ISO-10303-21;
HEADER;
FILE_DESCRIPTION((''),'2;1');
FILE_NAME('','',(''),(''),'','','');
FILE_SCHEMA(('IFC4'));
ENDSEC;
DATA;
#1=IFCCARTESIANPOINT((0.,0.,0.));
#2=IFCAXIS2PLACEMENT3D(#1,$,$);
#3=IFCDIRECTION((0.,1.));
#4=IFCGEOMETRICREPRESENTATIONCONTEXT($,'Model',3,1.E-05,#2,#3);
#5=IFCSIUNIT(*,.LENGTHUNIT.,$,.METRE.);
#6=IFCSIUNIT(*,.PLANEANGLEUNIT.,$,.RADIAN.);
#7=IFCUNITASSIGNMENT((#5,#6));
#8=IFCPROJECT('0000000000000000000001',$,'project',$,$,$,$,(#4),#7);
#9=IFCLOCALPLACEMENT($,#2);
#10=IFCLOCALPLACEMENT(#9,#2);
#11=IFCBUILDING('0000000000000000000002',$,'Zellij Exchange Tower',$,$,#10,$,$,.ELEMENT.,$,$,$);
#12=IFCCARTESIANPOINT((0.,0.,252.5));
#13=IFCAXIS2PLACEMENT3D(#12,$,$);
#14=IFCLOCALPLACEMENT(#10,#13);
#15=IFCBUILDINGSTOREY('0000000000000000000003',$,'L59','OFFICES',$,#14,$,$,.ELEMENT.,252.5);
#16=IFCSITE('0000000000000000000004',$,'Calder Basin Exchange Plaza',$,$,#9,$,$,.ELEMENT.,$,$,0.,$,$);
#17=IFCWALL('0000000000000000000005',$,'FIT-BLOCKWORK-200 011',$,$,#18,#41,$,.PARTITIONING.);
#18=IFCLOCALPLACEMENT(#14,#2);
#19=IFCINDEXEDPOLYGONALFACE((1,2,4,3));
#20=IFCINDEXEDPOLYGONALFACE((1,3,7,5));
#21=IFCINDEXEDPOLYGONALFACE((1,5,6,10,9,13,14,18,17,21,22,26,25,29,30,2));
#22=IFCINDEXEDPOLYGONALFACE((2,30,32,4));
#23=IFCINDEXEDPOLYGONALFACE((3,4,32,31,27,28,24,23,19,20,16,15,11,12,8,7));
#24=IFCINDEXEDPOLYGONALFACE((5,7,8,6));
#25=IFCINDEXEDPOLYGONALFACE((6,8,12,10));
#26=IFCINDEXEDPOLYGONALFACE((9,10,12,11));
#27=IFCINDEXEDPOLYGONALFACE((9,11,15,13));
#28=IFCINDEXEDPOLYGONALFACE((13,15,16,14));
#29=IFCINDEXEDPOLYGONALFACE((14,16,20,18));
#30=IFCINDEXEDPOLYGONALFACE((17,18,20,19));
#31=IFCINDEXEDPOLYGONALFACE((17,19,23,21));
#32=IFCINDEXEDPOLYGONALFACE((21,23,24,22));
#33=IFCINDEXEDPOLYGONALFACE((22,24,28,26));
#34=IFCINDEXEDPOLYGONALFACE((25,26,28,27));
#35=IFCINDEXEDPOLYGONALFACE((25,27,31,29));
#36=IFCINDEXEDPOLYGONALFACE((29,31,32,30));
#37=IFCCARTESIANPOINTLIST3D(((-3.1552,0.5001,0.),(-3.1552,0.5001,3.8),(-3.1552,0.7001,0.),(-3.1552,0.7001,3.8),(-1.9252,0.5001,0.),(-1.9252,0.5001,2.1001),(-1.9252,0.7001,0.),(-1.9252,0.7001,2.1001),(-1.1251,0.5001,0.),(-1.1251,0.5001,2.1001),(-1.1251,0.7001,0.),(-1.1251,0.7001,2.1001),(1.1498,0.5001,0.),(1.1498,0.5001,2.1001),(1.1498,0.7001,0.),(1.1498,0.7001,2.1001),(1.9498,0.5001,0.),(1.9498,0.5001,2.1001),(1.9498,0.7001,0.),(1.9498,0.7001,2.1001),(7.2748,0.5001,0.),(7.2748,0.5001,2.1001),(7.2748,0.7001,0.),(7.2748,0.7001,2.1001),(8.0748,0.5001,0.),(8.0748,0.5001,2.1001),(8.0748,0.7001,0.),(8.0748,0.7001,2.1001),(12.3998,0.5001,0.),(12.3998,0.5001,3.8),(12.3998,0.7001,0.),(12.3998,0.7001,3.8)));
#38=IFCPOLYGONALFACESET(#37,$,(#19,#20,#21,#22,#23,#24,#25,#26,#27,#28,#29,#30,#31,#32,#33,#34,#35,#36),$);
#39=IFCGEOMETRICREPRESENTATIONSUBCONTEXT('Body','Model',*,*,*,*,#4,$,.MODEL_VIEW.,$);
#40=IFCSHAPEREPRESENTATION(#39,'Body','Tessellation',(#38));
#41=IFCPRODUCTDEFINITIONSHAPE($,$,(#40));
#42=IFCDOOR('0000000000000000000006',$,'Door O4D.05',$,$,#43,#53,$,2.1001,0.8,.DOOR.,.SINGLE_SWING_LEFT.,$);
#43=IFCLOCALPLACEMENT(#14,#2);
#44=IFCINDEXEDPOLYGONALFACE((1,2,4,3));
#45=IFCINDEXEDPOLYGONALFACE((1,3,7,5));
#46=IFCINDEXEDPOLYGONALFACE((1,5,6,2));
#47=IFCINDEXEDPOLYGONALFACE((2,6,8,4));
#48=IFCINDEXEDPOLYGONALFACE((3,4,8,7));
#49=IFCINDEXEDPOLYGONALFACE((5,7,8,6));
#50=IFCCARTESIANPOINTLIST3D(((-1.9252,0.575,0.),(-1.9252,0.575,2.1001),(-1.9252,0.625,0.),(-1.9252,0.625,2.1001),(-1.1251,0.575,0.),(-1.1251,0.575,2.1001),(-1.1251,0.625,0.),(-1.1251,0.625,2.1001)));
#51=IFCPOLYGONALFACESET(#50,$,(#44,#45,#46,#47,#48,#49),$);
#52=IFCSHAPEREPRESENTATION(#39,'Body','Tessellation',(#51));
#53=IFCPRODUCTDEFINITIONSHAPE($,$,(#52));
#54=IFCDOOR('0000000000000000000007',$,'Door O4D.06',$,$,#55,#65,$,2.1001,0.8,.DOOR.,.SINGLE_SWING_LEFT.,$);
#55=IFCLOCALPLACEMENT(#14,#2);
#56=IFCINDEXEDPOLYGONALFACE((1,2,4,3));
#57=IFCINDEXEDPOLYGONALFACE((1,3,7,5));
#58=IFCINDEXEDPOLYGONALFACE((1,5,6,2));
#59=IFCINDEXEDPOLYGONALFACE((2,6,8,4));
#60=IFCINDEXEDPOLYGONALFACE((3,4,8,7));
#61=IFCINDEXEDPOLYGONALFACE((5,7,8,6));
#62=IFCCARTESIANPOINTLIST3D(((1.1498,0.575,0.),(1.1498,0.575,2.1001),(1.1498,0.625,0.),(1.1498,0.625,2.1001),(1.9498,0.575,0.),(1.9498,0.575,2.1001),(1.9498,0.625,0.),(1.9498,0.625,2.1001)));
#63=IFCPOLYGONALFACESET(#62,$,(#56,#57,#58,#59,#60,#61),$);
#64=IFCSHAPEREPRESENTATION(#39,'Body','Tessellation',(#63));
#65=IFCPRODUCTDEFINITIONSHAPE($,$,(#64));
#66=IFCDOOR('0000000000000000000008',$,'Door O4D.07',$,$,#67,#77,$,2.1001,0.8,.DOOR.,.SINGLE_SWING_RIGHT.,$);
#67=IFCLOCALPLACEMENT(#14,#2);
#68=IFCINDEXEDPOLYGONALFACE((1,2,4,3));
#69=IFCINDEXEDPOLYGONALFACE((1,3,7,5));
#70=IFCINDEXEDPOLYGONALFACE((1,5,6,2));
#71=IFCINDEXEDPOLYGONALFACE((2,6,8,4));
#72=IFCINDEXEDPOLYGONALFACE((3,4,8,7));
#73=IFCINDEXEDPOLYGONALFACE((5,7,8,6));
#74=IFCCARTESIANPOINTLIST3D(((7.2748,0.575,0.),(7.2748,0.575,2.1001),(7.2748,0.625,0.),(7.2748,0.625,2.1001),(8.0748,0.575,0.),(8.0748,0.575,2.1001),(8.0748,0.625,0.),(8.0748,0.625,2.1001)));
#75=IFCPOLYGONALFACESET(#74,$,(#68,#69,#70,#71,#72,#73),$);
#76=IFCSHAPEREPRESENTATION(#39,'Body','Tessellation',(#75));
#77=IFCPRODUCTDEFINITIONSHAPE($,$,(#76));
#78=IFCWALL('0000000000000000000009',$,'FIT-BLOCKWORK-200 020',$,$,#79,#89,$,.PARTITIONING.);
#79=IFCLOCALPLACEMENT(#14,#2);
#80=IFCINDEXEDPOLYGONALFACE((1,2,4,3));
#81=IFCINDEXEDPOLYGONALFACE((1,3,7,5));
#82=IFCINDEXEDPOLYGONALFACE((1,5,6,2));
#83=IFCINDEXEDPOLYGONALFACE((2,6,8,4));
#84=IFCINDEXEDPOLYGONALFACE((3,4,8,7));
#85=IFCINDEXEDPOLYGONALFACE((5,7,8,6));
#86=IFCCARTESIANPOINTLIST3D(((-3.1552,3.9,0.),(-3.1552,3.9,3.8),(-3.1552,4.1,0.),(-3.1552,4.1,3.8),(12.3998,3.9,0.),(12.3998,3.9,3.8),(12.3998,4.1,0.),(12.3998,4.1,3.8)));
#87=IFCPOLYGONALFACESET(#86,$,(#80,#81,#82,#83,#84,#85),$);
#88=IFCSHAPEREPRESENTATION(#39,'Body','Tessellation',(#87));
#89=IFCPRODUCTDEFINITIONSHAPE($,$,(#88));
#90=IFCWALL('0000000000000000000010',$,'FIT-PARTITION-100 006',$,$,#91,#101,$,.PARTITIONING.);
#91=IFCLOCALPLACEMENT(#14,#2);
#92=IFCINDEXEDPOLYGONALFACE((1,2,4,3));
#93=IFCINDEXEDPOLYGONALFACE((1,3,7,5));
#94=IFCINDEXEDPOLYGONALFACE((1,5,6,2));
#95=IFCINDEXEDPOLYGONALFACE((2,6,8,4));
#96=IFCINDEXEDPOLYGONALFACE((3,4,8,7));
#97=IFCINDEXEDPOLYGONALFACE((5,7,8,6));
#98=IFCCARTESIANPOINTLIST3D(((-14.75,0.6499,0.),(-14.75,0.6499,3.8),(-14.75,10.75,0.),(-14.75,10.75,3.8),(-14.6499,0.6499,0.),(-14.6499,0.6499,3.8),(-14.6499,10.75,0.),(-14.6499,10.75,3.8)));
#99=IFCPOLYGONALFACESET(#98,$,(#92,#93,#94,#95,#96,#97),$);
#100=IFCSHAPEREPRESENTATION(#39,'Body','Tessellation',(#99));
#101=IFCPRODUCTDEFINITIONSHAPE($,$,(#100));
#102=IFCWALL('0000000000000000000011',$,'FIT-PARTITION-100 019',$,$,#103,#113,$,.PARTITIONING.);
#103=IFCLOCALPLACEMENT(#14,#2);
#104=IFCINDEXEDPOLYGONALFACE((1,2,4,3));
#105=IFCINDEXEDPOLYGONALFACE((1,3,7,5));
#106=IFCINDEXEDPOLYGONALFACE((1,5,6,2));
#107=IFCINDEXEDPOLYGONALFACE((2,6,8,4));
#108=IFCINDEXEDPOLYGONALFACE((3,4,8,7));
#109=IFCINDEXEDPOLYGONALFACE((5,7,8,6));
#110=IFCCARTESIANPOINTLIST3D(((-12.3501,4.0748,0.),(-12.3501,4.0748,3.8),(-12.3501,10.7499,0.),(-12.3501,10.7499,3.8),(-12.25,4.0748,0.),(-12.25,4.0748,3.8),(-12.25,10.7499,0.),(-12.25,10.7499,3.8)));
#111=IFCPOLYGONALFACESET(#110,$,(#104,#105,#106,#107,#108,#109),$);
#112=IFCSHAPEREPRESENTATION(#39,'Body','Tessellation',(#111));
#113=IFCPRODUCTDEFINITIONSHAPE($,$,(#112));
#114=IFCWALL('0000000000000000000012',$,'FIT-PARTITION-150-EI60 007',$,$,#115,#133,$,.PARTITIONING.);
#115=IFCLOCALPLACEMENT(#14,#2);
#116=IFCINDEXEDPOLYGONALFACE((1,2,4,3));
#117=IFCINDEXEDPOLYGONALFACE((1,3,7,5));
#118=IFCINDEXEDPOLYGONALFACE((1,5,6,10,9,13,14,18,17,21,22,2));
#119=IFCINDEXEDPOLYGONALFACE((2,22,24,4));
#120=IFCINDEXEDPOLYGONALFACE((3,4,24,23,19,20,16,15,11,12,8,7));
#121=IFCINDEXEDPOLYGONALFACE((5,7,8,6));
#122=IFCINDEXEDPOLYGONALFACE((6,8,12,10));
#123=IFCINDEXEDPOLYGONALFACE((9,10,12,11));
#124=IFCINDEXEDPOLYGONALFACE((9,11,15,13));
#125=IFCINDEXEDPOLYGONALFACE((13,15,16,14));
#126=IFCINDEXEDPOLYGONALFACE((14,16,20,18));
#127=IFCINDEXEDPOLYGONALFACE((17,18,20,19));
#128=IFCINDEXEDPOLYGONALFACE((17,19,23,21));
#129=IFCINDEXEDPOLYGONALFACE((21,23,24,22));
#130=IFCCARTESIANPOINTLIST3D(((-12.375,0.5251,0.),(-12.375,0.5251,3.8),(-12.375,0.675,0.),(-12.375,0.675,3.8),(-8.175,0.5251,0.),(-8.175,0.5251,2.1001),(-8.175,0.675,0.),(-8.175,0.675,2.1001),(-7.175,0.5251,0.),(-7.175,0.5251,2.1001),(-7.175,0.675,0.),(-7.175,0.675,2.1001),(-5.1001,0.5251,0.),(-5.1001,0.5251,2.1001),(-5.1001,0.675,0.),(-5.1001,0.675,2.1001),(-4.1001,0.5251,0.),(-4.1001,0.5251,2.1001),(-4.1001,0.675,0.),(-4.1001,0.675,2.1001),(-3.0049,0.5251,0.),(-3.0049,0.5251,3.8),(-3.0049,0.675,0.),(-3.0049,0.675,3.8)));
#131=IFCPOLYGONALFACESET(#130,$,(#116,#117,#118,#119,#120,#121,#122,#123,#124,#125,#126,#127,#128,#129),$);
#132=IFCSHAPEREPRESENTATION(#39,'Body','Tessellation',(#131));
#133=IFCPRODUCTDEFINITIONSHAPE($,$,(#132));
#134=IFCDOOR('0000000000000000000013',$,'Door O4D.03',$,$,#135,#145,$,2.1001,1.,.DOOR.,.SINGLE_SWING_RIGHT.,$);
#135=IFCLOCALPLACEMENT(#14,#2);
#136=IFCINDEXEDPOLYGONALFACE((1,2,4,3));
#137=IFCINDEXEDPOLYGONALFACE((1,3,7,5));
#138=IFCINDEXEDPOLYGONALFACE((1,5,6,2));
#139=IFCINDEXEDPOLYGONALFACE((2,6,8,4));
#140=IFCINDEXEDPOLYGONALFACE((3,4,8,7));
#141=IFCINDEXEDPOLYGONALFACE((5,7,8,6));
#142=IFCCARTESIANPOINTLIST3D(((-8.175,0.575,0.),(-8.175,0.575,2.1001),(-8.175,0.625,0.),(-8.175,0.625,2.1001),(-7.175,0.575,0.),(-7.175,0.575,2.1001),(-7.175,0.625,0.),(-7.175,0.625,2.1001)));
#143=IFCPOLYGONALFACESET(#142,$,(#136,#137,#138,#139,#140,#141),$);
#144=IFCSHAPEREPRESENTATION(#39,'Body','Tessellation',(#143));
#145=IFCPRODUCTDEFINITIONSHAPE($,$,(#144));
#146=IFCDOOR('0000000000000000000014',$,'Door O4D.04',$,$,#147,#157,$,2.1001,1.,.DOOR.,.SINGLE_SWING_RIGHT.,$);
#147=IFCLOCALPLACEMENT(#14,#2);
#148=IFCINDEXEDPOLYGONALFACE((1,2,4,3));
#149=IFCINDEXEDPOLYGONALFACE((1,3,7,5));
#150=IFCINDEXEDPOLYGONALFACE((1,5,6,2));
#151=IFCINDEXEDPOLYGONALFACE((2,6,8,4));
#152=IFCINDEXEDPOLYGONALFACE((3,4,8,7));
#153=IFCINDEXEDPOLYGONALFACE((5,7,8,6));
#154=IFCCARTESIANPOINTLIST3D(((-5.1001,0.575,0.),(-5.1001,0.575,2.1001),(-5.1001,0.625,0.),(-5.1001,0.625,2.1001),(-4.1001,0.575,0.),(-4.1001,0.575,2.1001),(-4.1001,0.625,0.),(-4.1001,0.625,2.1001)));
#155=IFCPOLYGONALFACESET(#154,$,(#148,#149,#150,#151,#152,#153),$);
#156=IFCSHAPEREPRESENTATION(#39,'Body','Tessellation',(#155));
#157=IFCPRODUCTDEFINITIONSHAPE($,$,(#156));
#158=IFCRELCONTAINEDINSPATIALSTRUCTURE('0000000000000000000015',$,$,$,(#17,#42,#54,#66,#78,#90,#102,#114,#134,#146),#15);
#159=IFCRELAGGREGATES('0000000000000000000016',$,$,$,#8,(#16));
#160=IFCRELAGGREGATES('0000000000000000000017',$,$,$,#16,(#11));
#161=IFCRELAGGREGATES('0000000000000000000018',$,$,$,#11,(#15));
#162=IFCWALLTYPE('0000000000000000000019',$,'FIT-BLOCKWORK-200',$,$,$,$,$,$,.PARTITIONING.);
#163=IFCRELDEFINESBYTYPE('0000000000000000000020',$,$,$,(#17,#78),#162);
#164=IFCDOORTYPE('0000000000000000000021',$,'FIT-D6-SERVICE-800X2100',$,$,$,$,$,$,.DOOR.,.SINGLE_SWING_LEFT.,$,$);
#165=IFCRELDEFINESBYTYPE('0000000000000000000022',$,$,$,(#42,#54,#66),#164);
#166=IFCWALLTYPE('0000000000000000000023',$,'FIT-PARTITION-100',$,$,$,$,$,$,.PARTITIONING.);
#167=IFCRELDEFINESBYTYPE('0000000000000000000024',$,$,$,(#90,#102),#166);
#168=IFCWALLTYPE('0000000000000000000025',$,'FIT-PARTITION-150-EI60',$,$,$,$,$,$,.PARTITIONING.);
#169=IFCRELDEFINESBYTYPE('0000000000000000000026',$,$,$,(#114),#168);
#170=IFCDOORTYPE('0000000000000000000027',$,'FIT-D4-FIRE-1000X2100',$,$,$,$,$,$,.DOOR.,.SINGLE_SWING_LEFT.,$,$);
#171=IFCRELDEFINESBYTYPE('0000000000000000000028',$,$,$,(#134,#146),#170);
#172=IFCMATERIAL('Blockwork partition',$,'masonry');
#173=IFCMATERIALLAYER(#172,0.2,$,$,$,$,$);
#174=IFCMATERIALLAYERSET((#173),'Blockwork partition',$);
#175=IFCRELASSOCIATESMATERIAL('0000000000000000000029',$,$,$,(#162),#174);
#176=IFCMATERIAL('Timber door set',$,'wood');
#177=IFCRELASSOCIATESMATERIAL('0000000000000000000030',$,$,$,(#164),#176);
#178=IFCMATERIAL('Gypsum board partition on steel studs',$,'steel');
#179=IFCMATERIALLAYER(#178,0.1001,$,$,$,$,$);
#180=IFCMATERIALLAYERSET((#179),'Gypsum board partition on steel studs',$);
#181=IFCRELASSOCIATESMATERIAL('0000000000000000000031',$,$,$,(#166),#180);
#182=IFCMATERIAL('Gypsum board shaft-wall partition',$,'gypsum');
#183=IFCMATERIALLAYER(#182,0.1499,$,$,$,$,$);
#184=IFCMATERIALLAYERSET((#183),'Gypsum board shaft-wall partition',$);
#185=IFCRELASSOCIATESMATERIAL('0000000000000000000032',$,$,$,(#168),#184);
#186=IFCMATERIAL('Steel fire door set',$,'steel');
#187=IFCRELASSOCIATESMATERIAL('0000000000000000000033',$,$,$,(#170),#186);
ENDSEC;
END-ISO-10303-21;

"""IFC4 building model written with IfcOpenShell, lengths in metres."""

from ifc_helpers import new_model, si_unit, direction, frame, frame_2d, origin, place, context, subcontext, project, spatial, rectangle, extrude, material, layer, layer_set, type_object, element, fill, save


model = new_model("IFC4")

# Units and contexts
model_context = context("Model", 3, precision=1e-05, world=origin(), true_north=direction((0.0, 1.0)))
body_context = subcontext(model_context, "Body", "Model", "MODEL_VIEW")
ifc_project = project(units=[si_unit("LENGTHUNIT", "METRE"), si_unit("PLANEANGLEUNIT", "RADIAN")], contexts=[model_context])

# Site, building, storey
site_placement = place(None, origin())
site = spatial("IfcSite", under=ifc_project, at=site_placement, Name="Calder Basin Exchange Plaza", CompositionType="ELEMENT", RefElevation=0.0)
building_placement = place(site_placement, origin())
building = spatial("IfcBuilding", under=site, at=building_placement, Name="Zellij Exchange Tower", CompositionType="ELEMENT")
storey_placement = place(building_placement, frame((0.0, 0.0, 252.5)))
storey = spatial("IfcBuildingStorey", under=building, at=storey_placement, Name="L59", Description="OFFICES", CompositionType="ELEMENT", Elevation=252.5)

# Wall, openings, doors
ifc_material_1 = material(Name="Blockwork partition", Category="masonry")
ifc_layer_1 = layer(ifc_material_1, 0.2)
ifc_layer_set_1 = layer_set([ifc_layer_1], Name="Blockwork partition")
wall_type_1 = type_object("IfcWallType", Name="FIT-BLOCKWORK-200", PredefinedType="PARTITIONING", material=ifc_layer_set_1)
wall_1_placement = place(storey_placement, frame((-3.155, 0.6001, 0.0), z_axis=(0.0, 0.0, 1.0), x_axis=(1.0, 0.0, 0.0)))
wall_1 = element("IfcWall", 1, at=wall_1_placement, inside=storey, type_object=wall_type_1, Name="FIT-BLOCKWORK-200 011", PredefinedType="PARTITIONING", context=body_context, shape_type="SweptSolid", body=[
    extrude(rectangle(XDim=15.5549, YDim=0.2, at=frame_2d((7.7773, 0.0))), origin(), (0.0, 0.0, 1.0), 3.8),
])
opening_1_placement = place(wall_1_placement, frame((1.23, 0.0, 0.0)))
opening_1 = element("IfcOpeningElement", 2, at=opening_1_placement, cuts=wall_1, PredefinedType="OPENING", context=body_context, shape_type="SweptSolid", body=[
    extrude(rectangle(XDim=0.8, YDim=2.1001, at=frame_2d((0.3999, 1.05))), frame((0.0, 0.1118, 0.0), z_axis=(0.0, -1.0, 0.0), x_axis=(1.0, 0.0, 0.0)), (0.0, 0.0, 1.0), 0.2239),
])
opening_2_placement = place(wall_1_placement, frame((4.3049, 0.0, 0.0)))
opening_2 = element("IfcOpeningElement", 3, at=opening_2_placement, cuts=wall_1, PredefinedType="OPENING", context=body_context, shape_type="SweptSolid", body=[
    extrude(rectangle(XDim=0.8, YDim=2.1001, at=frame_2d((0.3999, 1.05))), frame((0.0, 0.1118, 0.0), z_axis=(0.0, -1.0, 0.0), x_axis=(1.0, 0.0, 0.0)), (0.0, 0.0, 1.0), 0.2239),
])
opening_3_placement = place(wall_1_placement, frame((10.4299, 0.0, 0.0)))
opening_3 = element("IfcOpeningElement", 4, at=opening_3_placement, cuts=wall_1, PredefinedType="OPENING", context=body_context, shape_type="SweptSolid", body=[
    extrude(rectangle(XDim=0.8, YDim=2.1001, at=frame_2d((0.3999, 1.05))), frame((0.0, 0.1118, 0.0), z_axis=(0.0, -1.0, 0.0), x_axis=(1.0, 0.0, 0.0)), (0.0, 0.0, 1.0), 0.2239),
])
ifc_material_2 = material(Name="Timber door set", Category="wood")
door_type_1 = type_object("IfcDoorType", Name="FIT-D6-SERVICE-800X2100", OperationType="SINGLE_SWING_LEFT", PredefinedType="DOOR", material=ifc_material_2)
door_1_placement = place(opening_1_placement, origin())
door_1 = element("IfcDoor", 5, at=door_1_placement, inside=storey, type_object=door_type_1, Name="Door O4D.05", OperationType="SINGLE_SWING_LEFT", OverallHeight=2.1001, OverallWidth=0.8, PredefinedType="DOOR", context=body_context, shape_type="SweptSolid", body=[
    extrude(rectangle(XDim=0.8, YDim=2.1001, at=frame_2d((0.3999, 1.05))), frame((0.0, 0.0249, 0.0), z_axis=(0.0, -1.0, 0.0), x_axis=(1.0, 0.0, 0.0)), (0.0, 0.0, 1.0), 0.05),
])
fill(opening_1, door_1)
door_2_placement = place(opening_2_placement, origin())
door_2 = element("IfcDoor", 6, at=door_2_placement, inside=storey, type_object=door_type_1, Name="Door O4D.06", OperationType="SINGLE_SWING_LEFT", OverallHeight=2.1001, OverallWidth=0.8, PredefinedType="DOOR", context=body_context, shape_type="SweptSolid", body=[
    extrude(rectangle(XDim=0.8, YDim=2.1001, at=frame_2d((0.3999, 1.05))), frame((0.0, 0.0249, 0.0), z_axis=(0.0, -1.0, 0.0), x_axis=(1.0, 0.0, 0.0)), (0.0, 0.0, 1.0), 0.05),
])
fill(opening_2, door_2)
door_3_placement = place(opening_3_placement, origin())
door_3 = element("IfcDoor", 7, at=door_3_placement, inside=storey, type_object=door_type_1, Name="Door O4D.07", OperationType="SINGLE_SWING_RIGHT", OverallHeight=2.1001, OverallWidth=0.8, PredefinedType="DOOR", context=body_context, shape_type="SweptSolid", body=[
    extrude(rectangle(XDim=0.8, YDim=2.1001, at=frame_2d((0.3999, 1.05))), frame((0.0, 0.0249, 0.0), z_axis=(0.0, -1.0, 0.0), x_axis=(1.0, 0.0, 0.0)), (0.0, 0.0, 1.0), 0.05),
])
fill(opening_3, door_3)

# Walls
wall_2_placement = place(storey_placement, frame((-3.155, 4.0, 0.0), z_axis=(0.0, 0.0, 1.0), x_axis=(1.0, 0.0, 0.0)))
element("IfcWall", 8, at=wall_2_placement, inside=storey, type_object=wall_type_1, Name="FIT-BLOCKWORK-200 020", PredefinedType="PARTITIONING", context=body_context, shape_type="SweptSolid", body=[
    extrude(rectangle(XDim=15.5549, YDim=0.2, at=frame_2d((7.7773, 0.0))), origin(), (0.0, 0.0, 1.0), 3.8),
])
ifc_material_3 = material(Name="Gypsum board partition on steel studs", Category="steel")
ifc_layer_2 = layer(ifc_material_3, 0.1001)
ifc_layer_set_2 = layer_set([ifc_layer_2], Name="Gypsum board partition on steel studs")
wall_type_2 = type_object("IfcWallType", Name="FIT-PARTITION-100", PredefinedType="PARTITIONING", material=ifc_layer_set_2)
wall_3_placement = place(storey_placement, frame((-14.7, 0.6499, 0.0), z_axis=(0.0, 0.0, 1.0), x_axis=(0.0, 1.0, 0.0)))
element("IfcWall", 9, at=wall_3_placement, inside=storey, type_object=wall_type_2, Name="FIT-PARTITION-100 006", PredefinedType="PARTITIONING", context=body_context, shape_type="SweptSolid", body=[
    extrude(rectangle(XDim=10.1001, YDim=0.1001, at=frame_2d((5.05, 0.0))), origin(), (0.0, 0.0, 1.0), 3.8),
])
wall_4_placement = place(storey_placement, frame((-12.3, 4.075, 0.0), z_axis=(0.0, 0.0, 1.0), x_axis=(0.0, 1.0, 0.0)))
element("IfcWall", 10, at=wall_4_placement, inside=storey, type_object=wall_type_2, Name="FIT-PARTITION-100 019", PredefinedType="PARTITIONING", context=body_context, shape_type="SweptSolid", body=[
    extrude(rectangle(XDim=6.675, YDim=0.1001, at=frame_2d((3.3374, 0.0))), origin(), (0.0, 0.0, 1.0), 3.8),
])

# Wall, openings, doors
ifc_material_4 = material(Name="Gypsum board shaft-wall partition", Category="gypsum")
ifc_layer_3 = layer(ifc_material_4, 0.1499)
ifc_layer_set_3 = layer_set([ifc_layer_3], Name="Gypsum board shaft-wall partition")
wall_type_3 = type_object("IfcWallType", Name="FIT-PARTITION-150-EI60", PredefinedType="PARTITIONING", material=ifc_layer_set_3)
wall_5_placement = place(storey_placement, frame((-12.375, 0.6001, 0.0), z_axis=(0.0, 0.0, 1.0), x_axis=(1.0, 0.0, 0.0)))
wall_5 = element("IfcWall", 11, at=wall_5_placement, inside=storey, type_object=wall_type_3, Name="FIT-PARTITION-150-EI60 007", PredefinedType="PARTITIONING", context=body_context, shape_type="SweptSolid", body=[
    extrude(rectangle(XDim=9.3701, YDim=0.1499, at=frame_2d((4.6851, 0.0))), origin(), (0.0, 0.0, 1.0), 3.8),
])
opening_4_placement = place(wall_5_placement, frame((4.2, 0.0, 0.0)))
opening_4 = element("IfcOpeningElement", 12, at=opening_4_placement, cuts=wall_5, PredefinedType="OPENING", context=body_context, shape_type="SweptSolid", body=[
    extrude(rectangle(XDim=1.0, YDim=2.1001, at=frame_2d((0.5, 1.05))), frame((0.0, 0.0869, 0.0), z_axis=(0.0, -1.0, 0.0), x_axis=(1.0, 0.0, 0.0)), (0.0, 0.0, 1.0), 0.1738),
])
opening_5_placement = place(wall_5_placement, frame((7.2749, 0.0, 0.0)))
opening_5 = element("IfcOpeningElement", 13, at=opening_5_placement, cuts=wall_5, PredefinedType="OPENING", context=body_context, shape_type="SweptSolid", body=[
    extrude(rectangle(XDim=1.0, YDim=2.1001, at=frame_2d((0.5, 1.05))), frame((0.0, 0.0869, 0.0), z_axis=(0.0, -1.0, 0.0), x_axis=(1.0, 0.0, 0.0)), (0.0, 0.0, 1.0), 0.1738),
])
ifc_material_5 = material(Name="Steel fire door set", Category="steel")
door_type_2 = type_object("IfcDoorType", Name="FIT-D4-FIRE-1000X2100", OperationType="SINGLE_SWING_LEFT", PredefinedType="DOOR", material=ifc_material_5)
door_4_placement = place(opening_4_placement, origin())
door_4 = element("IfcDoor", 14, at=door_4_placement, inside=storey, type_object=door_type_2, Name="Door O4D.03", OperationType="SINGLE_SWING_RIGHT", OverallHeight=2.1001, OverallWidth=1.0, PredefinedType="DOOR", context=body_context, shape_type="SweptSolid", body=[
    extrude(rectangle(XDim=1.0, YDim=2.1001, at=frame_2d((0.5, 1.05))), frame((0.0, 0.0249, 0.0), z_axis=(0.0, -1.0, 0.0), x_axis=(1.0, 0.0, 0.0)), (0.0, 0.0, 1.0), 0.05),
])
fill(opening_4, door_4)
door_5_placement = place(opening_5_placement, origin())
door_5 = element("IfcDoor", 15, at=door_5_placement, inside=storey, type_object=door_type_2, Name="Door O4D.04", OperationType="SINGLE_SWING_RIGHT", OverallHeight=2.1001, OverallWidth=1.0, PredefinedType="DOOR", context=body_context, shape_type="SweptSolid", body=[
    extrude(rectangle(XDim=1.0, YDim=2.1001, at=frame_2d((0.5, 1.05))), frame((0.0, 0.0249, 0.0), z_axis=(0.0, -1.0, 0.0), x_axis=(1.0, 0.0, 0.0)), (0.0, 0.0, 1.0), 0.05),
])
fill(opening_5, door_5)

save(model, "model.ifc")
